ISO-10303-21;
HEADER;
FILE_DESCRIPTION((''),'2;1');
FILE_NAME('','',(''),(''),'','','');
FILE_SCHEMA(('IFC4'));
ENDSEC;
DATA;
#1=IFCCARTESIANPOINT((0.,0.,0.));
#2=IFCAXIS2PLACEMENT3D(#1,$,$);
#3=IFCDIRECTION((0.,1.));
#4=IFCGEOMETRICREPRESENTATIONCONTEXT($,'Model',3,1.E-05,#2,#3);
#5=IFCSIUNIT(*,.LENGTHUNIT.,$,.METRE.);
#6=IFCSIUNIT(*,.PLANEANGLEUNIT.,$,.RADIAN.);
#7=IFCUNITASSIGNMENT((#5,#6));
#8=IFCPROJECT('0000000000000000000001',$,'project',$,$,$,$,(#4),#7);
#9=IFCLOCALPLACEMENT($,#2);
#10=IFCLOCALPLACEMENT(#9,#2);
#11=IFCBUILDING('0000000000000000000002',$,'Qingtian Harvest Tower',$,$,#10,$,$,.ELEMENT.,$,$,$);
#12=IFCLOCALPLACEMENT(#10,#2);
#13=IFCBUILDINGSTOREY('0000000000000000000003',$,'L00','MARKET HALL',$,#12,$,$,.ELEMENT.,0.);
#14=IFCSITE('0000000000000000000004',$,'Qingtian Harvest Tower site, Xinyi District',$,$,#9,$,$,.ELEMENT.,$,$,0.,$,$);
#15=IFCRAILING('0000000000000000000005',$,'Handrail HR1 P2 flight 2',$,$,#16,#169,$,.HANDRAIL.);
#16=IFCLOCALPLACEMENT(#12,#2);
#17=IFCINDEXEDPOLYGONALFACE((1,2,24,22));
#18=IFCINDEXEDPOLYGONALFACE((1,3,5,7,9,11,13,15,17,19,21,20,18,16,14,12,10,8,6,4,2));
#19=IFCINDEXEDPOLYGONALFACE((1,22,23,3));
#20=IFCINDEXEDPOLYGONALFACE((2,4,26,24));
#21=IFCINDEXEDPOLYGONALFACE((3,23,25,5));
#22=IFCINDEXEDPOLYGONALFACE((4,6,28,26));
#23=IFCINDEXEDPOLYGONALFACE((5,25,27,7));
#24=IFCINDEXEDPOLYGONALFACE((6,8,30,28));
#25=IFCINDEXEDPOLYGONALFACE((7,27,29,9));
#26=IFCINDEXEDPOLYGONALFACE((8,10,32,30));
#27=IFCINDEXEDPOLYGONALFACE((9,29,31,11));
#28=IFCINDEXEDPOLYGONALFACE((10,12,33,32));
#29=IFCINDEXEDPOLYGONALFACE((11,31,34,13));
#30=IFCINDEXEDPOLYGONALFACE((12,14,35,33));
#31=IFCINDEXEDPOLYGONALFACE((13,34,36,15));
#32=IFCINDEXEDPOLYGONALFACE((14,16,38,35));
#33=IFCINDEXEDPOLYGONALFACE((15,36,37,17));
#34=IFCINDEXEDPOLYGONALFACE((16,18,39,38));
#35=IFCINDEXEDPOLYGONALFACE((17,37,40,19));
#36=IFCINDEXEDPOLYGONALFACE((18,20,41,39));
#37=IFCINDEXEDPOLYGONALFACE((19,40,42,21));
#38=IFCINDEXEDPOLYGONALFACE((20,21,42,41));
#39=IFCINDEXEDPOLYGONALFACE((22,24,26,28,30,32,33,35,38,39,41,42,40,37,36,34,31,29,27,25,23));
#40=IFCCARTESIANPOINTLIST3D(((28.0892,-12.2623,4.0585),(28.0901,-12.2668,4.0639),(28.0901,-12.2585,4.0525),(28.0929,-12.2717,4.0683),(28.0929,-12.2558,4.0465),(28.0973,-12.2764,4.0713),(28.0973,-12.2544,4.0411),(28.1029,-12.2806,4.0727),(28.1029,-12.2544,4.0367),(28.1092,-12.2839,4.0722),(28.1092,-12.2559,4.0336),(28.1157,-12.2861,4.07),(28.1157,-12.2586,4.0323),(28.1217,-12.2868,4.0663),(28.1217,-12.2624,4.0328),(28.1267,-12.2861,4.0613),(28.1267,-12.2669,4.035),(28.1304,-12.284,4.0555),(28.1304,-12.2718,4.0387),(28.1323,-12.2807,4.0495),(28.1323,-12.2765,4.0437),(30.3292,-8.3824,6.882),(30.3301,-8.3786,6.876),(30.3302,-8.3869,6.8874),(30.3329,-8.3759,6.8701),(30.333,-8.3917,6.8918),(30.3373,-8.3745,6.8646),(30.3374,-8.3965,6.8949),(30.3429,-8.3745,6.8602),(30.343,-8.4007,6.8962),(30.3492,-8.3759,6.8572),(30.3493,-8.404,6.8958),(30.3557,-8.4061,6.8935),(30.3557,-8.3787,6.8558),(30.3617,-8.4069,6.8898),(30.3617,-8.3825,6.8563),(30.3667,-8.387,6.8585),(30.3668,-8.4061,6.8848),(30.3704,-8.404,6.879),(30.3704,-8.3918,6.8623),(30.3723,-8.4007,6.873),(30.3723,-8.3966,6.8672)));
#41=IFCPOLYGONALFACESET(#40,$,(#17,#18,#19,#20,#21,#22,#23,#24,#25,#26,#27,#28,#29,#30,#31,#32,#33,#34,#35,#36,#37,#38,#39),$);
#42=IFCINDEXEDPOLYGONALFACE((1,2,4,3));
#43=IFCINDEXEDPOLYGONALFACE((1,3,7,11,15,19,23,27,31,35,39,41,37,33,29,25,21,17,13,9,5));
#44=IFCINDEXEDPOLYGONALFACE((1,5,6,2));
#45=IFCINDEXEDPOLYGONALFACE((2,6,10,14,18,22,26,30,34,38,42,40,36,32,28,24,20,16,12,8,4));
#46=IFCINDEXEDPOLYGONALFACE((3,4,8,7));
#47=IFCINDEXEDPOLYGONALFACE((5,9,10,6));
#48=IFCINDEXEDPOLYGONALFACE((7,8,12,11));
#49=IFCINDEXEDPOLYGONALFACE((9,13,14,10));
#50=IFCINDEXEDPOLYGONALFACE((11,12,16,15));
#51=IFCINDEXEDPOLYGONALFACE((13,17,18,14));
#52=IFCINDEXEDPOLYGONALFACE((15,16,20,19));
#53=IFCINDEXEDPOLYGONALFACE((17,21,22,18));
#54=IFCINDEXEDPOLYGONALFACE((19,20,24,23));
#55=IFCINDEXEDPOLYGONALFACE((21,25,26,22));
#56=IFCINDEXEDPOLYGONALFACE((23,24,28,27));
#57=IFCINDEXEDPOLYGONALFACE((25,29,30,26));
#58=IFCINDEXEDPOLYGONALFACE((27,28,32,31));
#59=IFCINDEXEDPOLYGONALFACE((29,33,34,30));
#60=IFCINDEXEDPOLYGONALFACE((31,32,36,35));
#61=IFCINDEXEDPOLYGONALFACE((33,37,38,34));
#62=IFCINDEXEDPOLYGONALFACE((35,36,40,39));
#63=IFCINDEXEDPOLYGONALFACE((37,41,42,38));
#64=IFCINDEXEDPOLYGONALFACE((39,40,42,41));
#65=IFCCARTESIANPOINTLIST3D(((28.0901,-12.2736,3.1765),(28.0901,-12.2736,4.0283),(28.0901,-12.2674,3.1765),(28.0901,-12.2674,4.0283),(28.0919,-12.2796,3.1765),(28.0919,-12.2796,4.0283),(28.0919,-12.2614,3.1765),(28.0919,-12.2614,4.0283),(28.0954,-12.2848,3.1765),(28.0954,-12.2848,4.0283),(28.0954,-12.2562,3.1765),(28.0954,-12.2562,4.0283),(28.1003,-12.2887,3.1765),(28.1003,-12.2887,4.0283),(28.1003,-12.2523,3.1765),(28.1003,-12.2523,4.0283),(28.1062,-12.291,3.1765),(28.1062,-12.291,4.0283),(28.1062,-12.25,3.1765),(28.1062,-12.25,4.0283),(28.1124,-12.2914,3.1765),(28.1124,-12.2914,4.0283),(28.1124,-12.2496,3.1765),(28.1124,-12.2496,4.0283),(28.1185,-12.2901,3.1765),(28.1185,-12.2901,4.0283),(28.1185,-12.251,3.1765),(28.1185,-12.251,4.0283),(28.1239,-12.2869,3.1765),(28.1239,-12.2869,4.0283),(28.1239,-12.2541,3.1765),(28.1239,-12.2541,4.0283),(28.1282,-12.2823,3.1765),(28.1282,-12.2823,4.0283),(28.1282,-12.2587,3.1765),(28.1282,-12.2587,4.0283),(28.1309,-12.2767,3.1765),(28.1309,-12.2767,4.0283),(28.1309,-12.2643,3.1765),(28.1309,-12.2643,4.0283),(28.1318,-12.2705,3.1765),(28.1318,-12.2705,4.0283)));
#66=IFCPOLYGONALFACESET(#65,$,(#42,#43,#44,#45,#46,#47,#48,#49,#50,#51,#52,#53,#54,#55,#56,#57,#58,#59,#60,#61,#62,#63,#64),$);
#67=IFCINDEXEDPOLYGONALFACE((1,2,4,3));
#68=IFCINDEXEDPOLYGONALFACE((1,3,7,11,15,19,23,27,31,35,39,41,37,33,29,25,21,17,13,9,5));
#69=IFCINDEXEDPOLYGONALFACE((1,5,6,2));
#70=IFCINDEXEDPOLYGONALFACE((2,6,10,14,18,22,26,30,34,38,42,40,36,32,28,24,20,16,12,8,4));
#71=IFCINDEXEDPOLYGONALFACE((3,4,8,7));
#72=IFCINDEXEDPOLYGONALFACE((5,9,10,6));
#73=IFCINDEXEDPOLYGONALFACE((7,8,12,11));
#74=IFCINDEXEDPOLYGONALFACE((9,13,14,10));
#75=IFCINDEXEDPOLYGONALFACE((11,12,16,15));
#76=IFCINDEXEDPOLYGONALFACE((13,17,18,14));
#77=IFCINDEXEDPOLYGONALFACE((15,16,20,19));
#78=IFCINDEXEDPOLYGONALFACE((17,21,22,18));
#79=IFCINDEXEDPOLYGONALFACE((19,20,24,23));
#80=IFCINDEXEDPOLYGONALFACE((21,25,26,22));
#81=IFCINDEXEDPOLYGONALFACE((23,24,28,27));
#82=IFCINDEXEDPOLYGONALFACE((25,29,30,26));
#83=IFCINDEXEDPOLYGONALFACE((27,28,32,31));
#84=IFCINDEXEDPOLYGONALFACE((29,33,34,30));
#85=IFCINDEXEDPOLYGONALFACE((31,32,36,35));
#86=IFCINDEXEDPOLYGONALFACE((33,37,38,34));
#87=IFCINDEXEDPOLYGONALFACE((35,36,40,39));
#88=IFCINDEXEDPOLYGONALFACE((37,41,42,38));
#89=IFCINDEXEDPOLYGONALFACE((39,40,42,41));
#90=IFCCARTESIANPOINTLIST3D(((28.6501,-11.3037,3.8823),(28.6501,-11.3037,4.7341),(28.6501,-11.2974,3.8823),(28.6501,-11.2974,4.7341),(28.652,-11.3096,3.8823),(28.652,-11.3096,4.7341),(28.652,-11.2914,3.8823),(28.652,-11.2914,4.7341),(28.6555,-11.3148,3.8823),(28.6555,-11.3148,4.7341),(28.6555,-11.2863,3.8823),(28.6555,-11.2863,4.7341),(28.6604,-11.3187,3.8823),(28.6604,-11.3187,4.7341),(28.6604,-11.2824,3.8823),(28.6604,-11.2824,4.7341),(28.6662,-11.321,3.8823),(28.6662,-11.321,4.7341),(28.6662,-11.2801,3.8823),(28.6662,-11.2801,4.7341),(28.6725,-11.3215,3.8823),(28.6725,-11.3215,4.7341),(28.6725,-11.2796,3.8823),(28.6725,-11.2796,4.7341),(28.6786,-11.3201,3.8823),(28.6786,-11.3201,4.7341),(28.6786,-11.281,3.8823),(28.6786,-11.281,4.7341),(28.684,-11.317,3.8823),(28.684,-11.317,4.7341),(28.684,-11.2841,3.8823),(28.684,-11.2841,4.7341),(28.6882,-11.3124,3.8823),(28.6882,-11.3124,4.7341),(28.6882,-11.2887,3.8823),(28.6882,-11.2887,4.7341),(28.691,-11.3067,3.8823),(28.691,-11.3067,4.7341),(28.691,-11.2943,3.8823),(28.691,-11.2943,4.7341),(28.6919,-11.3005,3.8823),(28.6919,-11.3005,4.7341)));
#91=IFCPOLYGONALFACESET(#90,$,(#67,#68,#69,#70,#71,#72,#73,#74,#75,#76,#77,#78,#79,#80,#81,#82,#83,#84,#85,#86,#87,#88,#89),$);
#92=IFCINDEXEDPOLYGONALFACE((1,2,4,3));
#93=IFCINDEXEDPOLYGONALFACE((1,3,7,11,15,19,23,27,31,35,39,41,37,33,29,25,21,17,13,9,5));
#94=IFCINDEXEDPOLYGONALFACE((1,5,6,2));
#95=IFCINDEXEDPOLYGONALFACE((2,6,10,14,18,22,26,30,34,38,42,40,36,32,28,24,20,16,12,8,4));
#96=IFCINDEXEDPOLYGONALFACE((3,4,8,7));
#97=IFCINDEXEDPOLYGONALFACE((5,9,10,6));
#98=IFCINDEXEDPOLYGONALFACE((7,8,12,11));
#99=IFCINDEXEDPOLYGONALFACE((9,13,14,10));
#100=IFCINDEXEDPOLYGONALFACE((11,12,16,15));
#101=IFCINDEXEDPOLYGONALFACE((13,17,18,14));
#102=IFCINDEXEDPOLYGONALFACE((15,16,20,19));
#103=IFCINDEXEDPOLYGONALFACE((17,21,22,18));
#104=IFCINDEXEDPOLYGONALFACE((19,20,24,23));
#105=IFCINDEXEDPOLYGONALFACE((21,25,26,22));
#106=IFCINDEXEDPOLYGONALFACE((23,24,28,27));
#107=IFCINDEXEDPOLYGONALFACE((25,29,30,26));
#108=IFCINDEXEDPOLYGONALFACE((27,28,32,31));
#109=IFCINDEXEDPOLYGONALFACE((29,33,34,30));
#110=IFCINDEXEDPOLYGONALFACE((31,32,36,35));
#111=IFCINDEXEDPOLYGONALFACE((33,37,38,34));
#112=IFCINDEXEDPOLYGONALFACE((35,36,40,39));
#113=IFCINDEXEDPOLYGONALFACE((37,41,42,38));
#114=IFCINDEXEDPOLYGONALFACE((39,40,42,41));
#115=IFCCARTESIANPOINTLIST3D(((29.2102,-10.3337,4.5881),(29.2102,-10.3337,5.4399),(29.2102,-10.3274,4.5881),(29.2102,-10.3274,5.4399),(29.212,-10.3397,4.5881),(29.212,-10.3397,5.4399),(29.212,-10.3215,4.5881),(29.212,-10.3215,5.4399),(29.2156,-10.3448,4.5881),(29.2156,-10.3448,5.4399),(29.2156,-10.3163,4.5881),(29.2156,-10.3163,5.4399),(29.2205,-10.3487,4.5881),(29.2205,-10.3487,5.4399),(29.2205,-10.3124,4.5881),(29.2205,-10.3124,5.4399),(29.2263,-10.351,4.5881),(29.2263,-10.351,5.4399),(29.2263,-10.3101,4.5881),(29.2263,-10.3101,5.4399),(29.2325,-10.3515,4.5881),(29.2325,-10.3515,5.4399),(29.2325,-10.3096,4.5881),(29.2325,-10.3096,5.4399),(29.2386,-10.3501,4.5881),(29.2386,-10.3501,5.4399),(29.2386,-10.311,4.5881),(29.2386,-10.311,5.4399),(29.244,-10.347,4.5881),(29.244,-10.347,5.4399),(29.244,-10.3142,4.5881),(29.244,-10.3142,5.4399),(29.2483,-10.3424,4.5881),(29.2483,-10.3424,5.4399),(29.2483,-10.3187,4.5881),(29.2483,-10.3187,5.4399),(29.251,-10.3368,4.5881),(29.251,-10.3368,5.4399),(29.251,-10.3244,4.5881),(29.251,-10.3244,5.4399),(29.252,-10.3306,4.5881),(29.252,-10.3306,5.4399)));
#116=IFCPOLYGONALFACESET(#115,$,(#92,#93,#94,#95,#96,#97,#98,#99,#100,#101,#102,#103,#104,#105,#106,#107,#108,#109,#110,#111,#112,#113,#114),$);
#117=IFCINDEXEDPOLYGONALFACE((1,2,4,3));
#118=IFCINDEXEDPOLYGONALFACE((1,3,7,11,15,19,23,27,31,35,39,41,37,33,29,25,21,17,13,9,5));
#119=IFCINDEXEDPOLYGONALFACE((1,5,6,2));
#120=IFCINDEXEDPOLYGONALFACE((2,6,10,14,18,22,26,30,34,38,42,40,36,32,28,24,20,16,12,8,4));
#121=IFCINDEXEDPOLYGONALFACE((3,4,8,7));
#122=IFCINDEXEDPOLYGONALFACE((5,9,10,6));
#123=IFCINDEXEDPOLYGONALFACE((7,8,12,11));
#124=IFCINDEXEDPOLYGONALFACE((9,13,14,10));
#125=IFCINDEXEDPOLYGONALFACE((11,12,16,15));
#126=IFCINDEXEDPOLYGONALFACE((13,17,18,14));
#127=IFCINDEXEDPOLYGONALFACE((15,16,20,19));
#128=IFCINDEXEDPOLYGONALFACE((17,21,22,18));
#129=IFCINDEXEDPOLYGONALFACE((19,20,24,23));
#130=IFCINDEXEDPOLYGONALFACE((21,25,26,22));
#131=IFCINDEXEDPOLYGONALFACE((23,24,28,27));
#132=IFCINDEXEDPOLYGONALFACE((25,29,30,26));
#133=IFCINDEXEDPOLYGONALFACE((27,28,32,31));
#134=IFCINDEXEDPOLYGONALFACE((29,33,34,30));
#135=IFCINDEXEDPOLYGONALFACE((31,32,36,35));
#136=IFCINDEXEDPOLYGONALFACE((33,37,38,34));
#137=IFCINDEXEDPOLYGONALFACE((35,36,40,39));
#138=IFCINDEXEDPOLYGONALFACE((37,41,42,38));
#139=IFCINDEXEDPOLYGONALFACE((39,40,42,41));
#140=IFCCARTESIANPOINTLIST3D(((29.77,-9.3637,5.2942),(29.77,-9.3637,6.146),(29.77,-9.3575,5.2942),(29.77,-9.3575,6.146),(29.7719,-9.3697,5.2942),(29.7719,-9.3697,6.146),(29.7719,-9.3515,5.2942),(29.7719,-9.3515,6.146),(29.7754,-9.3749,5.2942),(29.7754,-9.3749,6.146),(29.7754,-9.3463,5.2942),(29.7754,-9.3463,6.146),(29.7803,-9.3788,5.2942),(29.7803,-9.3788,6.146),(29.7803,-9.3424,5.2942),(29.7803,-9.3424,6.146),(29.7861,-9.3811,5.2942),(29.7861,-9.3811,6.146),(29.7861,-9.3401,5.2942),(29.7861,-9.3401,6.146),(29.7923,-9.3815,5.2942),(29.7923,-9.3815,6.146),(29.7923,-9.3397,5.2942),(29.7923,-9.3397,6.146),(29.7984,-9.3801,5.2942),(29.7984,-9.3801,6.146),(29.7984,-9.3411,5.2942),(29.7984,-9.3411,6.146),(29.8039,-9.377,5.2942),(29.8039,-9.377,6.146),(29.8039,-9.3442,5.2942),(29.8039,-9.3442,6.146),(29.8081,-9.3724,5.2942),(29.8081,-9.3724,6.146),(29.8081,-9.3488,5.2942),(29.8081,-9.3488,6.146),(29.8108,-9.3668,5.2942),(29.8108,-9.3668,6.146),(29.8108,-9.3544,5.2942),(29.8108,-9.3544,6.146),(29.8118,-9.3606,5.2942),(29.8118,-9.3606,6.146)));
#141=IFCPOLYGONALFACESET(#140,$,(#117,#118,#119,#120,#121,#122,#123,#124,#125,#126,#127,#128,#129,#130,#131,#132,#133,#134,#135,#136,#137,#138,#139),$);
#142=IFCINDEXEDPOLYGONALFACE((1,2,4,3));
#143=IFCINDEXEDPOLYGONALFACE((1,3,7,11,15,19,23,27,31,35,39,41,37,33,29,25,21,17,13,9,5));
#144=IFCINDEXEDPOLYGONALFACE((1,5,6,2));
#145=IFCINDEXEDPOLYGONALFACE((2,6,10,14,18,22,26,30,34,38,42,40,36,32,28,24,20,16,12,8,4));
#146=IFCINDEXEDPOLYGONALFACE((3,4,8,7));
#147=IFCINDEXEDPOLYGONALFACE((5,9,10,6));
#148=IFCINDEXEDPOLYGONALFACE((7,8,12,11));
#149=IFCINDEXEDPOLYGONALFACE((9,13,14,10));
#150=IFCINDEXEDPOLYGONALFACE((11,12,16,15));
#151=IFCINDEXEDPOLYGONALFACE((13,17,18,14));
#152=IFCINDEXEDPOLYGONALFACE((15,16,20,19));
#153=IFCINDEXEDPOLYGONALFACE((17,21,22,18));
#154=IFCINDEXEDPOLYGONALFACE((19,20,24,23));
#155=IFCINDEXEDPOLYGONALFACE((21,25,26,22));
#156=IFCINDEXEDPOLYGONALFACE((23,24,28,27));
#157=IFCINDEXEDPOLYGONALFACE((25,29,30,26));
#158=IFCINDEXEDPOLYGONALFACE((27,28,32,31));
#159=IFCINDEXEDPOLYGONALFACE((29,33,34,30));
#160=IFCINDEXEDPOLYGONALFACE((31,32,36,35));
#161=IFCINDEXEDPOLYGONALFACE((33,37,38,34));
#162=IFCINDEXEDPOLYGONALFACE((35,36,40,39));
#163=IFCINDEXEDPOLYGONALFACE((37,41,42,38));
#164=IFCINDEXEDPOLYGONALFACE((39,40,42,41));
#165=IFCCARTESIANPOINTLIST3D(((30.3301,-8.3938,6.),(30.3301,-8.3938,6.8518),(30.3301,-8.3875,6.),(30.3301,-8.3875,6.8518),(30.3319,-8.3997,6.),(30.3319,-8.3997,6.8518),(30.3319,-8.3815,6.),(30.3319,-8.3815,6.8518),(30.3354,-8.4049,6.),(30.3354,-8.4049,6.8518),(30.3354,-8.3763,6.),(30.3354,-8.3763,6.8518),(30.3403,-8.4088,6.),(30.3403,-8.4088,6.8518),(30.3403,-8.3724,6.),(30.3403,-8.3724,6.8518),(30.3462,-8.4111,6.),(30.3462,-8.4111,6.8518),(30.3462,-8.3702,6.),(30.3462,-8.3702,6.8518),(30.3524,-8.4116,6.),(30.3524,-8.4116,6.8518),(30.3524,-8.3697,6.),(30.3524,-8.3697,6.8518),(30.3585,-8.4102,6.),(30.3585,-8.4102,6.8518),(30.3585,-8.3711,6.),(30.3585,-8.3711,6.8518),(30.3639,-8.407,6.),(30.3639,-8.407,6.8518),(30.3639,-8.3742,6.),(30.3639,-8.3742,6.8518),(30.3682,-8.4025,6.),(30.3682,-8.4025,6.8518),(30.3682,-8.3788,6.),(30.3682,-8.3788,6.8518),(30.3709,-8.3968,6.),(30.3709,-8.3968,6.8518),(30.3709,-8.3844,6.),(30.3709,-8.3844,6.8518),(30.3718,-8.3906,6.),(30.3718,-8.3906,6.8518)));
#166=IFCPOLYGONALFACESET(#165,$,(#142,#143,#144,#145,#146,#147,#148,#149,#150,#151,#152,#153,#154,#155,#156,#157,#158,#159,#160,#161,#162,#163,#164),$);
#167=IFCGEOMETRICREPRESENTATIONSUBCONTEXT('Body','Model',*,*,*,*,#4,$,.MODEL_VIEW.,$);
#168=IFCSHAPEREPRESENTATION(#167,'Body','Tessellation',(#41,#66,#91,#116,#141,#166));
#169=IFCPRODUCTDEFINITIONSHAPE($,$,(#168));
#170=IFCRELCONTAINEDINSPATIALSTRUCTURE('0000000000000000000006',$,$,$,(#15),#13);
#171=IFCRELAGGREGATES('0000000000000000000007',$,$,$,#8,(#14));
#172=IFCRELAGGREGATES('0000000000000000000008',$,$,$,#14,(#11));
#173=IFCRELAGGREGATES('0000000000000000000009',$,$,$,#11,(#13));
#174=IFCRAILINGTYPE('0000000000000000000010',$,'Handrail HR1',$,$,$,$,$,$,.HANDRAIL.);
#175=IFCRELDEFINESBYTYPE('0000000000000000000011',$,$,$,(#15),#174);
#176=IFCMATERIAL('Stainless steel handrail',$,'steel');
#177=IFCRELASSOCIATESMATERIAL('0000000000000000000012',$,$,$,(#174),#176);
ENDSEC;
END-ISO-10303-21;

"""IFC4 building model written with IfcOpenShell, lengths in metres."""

from ifc_helpers import new_model, si_unit, direction, frame, origin, origin_2d, place, context, subcontext, project, spatial, circle, extrude, material, type_object, element, save


model = new_model("IFC4")

# Units and contexts
model_context = context("Model", 3, precision=1e-05, world=origin(), true_north=direction((0.0, 1.0)))
body_context = subcontext(model_context, "Body", "Model", "MODEL_VIEW")
ifc_project = project(units=[si_unit("LENGTHUNIT", "METRE"), si_unit("PLANEANGLEUNIT", "RADIAN")], contexts=[model_context])

# Site, building, storey
site_placement = place(None, origin())
site = spatial("IfcSite", under=ifc_project, at=site_placement, Name="Qingtian Harvest Tower site, Xinyi District", CompositionType="ELEMENT", RefElevation=0.0)
building_placement = place(site_placement, origin())
building = spatial("IfcBuilding", under=site, at=building_placement, Name="Qingtian Harvest Tower", CompositionType="ELEMENT")
storey_placement = place(building_placement, origin())
storey = spatial("IfcBuildingStorey", under=building, at=storey_placement, Name="L00", Description="MARKET HALL", CompositionType="ELEMENT", Elevation=0.0)

# Railing
ifc_material_1 = material(Name="Stainless steel handrail", Category="steel")
railing_type = type_object("IfcRailingType", Name="Handrail HR1", PredefinedType="HANDRAIL", material=ifc_material_1)
railing_1_placement = place(storey_placement, frame((28.1108, -12.2705, 3.1765)))
element("IfcRailing", 1, at=railing_1_placement, inside=storey, type_object=railing_type, Name="Handrail HR1 P2 flight 2", PredefinedType="HANDRAIL", context=body_context, shape_type="SweptSolid", body=[
    extrude(circle(Radius=0.0239, at=origin_2d()), frame((0.0, 0.0, 0.876), z_axis=(0.422993, 0.732665, 0.533178), x_axis=(-0.866031, 0.49999, 0.0)), (0.0, 0.0, 1.0), 5.2957),
    extrude(circle(Radius=0.021, at=origin_2d()), origin(), (0.0, 0.0, 1.0), 0.8518),
    extrude(circle(Radius=0.021, at=origin_2d()), frame((0.5601, 0.97, 0.7058)), (0.0, 0.0, 1.0), 0.8518),
    extrude(circle(Radius=0.021, at=origin_2d()), frame((1.1201, 1.9399, 1.4116)), (0.0, 0.0, 1.0), 0.8518),
    extrude(circle(Radius=0.021, at=origin_2d()), frame((1.6799, 2.9099, 2.1177)), (0.0, 0.0, 1.0), 0.8518),
    extrude(circle(Radius=0.021, at=origin_2d()), frame((2.24, 3.8799, 2.8235)), (0.0, 0.0, 1.0), 0.8518),
])

save(model, "model.ifc")
